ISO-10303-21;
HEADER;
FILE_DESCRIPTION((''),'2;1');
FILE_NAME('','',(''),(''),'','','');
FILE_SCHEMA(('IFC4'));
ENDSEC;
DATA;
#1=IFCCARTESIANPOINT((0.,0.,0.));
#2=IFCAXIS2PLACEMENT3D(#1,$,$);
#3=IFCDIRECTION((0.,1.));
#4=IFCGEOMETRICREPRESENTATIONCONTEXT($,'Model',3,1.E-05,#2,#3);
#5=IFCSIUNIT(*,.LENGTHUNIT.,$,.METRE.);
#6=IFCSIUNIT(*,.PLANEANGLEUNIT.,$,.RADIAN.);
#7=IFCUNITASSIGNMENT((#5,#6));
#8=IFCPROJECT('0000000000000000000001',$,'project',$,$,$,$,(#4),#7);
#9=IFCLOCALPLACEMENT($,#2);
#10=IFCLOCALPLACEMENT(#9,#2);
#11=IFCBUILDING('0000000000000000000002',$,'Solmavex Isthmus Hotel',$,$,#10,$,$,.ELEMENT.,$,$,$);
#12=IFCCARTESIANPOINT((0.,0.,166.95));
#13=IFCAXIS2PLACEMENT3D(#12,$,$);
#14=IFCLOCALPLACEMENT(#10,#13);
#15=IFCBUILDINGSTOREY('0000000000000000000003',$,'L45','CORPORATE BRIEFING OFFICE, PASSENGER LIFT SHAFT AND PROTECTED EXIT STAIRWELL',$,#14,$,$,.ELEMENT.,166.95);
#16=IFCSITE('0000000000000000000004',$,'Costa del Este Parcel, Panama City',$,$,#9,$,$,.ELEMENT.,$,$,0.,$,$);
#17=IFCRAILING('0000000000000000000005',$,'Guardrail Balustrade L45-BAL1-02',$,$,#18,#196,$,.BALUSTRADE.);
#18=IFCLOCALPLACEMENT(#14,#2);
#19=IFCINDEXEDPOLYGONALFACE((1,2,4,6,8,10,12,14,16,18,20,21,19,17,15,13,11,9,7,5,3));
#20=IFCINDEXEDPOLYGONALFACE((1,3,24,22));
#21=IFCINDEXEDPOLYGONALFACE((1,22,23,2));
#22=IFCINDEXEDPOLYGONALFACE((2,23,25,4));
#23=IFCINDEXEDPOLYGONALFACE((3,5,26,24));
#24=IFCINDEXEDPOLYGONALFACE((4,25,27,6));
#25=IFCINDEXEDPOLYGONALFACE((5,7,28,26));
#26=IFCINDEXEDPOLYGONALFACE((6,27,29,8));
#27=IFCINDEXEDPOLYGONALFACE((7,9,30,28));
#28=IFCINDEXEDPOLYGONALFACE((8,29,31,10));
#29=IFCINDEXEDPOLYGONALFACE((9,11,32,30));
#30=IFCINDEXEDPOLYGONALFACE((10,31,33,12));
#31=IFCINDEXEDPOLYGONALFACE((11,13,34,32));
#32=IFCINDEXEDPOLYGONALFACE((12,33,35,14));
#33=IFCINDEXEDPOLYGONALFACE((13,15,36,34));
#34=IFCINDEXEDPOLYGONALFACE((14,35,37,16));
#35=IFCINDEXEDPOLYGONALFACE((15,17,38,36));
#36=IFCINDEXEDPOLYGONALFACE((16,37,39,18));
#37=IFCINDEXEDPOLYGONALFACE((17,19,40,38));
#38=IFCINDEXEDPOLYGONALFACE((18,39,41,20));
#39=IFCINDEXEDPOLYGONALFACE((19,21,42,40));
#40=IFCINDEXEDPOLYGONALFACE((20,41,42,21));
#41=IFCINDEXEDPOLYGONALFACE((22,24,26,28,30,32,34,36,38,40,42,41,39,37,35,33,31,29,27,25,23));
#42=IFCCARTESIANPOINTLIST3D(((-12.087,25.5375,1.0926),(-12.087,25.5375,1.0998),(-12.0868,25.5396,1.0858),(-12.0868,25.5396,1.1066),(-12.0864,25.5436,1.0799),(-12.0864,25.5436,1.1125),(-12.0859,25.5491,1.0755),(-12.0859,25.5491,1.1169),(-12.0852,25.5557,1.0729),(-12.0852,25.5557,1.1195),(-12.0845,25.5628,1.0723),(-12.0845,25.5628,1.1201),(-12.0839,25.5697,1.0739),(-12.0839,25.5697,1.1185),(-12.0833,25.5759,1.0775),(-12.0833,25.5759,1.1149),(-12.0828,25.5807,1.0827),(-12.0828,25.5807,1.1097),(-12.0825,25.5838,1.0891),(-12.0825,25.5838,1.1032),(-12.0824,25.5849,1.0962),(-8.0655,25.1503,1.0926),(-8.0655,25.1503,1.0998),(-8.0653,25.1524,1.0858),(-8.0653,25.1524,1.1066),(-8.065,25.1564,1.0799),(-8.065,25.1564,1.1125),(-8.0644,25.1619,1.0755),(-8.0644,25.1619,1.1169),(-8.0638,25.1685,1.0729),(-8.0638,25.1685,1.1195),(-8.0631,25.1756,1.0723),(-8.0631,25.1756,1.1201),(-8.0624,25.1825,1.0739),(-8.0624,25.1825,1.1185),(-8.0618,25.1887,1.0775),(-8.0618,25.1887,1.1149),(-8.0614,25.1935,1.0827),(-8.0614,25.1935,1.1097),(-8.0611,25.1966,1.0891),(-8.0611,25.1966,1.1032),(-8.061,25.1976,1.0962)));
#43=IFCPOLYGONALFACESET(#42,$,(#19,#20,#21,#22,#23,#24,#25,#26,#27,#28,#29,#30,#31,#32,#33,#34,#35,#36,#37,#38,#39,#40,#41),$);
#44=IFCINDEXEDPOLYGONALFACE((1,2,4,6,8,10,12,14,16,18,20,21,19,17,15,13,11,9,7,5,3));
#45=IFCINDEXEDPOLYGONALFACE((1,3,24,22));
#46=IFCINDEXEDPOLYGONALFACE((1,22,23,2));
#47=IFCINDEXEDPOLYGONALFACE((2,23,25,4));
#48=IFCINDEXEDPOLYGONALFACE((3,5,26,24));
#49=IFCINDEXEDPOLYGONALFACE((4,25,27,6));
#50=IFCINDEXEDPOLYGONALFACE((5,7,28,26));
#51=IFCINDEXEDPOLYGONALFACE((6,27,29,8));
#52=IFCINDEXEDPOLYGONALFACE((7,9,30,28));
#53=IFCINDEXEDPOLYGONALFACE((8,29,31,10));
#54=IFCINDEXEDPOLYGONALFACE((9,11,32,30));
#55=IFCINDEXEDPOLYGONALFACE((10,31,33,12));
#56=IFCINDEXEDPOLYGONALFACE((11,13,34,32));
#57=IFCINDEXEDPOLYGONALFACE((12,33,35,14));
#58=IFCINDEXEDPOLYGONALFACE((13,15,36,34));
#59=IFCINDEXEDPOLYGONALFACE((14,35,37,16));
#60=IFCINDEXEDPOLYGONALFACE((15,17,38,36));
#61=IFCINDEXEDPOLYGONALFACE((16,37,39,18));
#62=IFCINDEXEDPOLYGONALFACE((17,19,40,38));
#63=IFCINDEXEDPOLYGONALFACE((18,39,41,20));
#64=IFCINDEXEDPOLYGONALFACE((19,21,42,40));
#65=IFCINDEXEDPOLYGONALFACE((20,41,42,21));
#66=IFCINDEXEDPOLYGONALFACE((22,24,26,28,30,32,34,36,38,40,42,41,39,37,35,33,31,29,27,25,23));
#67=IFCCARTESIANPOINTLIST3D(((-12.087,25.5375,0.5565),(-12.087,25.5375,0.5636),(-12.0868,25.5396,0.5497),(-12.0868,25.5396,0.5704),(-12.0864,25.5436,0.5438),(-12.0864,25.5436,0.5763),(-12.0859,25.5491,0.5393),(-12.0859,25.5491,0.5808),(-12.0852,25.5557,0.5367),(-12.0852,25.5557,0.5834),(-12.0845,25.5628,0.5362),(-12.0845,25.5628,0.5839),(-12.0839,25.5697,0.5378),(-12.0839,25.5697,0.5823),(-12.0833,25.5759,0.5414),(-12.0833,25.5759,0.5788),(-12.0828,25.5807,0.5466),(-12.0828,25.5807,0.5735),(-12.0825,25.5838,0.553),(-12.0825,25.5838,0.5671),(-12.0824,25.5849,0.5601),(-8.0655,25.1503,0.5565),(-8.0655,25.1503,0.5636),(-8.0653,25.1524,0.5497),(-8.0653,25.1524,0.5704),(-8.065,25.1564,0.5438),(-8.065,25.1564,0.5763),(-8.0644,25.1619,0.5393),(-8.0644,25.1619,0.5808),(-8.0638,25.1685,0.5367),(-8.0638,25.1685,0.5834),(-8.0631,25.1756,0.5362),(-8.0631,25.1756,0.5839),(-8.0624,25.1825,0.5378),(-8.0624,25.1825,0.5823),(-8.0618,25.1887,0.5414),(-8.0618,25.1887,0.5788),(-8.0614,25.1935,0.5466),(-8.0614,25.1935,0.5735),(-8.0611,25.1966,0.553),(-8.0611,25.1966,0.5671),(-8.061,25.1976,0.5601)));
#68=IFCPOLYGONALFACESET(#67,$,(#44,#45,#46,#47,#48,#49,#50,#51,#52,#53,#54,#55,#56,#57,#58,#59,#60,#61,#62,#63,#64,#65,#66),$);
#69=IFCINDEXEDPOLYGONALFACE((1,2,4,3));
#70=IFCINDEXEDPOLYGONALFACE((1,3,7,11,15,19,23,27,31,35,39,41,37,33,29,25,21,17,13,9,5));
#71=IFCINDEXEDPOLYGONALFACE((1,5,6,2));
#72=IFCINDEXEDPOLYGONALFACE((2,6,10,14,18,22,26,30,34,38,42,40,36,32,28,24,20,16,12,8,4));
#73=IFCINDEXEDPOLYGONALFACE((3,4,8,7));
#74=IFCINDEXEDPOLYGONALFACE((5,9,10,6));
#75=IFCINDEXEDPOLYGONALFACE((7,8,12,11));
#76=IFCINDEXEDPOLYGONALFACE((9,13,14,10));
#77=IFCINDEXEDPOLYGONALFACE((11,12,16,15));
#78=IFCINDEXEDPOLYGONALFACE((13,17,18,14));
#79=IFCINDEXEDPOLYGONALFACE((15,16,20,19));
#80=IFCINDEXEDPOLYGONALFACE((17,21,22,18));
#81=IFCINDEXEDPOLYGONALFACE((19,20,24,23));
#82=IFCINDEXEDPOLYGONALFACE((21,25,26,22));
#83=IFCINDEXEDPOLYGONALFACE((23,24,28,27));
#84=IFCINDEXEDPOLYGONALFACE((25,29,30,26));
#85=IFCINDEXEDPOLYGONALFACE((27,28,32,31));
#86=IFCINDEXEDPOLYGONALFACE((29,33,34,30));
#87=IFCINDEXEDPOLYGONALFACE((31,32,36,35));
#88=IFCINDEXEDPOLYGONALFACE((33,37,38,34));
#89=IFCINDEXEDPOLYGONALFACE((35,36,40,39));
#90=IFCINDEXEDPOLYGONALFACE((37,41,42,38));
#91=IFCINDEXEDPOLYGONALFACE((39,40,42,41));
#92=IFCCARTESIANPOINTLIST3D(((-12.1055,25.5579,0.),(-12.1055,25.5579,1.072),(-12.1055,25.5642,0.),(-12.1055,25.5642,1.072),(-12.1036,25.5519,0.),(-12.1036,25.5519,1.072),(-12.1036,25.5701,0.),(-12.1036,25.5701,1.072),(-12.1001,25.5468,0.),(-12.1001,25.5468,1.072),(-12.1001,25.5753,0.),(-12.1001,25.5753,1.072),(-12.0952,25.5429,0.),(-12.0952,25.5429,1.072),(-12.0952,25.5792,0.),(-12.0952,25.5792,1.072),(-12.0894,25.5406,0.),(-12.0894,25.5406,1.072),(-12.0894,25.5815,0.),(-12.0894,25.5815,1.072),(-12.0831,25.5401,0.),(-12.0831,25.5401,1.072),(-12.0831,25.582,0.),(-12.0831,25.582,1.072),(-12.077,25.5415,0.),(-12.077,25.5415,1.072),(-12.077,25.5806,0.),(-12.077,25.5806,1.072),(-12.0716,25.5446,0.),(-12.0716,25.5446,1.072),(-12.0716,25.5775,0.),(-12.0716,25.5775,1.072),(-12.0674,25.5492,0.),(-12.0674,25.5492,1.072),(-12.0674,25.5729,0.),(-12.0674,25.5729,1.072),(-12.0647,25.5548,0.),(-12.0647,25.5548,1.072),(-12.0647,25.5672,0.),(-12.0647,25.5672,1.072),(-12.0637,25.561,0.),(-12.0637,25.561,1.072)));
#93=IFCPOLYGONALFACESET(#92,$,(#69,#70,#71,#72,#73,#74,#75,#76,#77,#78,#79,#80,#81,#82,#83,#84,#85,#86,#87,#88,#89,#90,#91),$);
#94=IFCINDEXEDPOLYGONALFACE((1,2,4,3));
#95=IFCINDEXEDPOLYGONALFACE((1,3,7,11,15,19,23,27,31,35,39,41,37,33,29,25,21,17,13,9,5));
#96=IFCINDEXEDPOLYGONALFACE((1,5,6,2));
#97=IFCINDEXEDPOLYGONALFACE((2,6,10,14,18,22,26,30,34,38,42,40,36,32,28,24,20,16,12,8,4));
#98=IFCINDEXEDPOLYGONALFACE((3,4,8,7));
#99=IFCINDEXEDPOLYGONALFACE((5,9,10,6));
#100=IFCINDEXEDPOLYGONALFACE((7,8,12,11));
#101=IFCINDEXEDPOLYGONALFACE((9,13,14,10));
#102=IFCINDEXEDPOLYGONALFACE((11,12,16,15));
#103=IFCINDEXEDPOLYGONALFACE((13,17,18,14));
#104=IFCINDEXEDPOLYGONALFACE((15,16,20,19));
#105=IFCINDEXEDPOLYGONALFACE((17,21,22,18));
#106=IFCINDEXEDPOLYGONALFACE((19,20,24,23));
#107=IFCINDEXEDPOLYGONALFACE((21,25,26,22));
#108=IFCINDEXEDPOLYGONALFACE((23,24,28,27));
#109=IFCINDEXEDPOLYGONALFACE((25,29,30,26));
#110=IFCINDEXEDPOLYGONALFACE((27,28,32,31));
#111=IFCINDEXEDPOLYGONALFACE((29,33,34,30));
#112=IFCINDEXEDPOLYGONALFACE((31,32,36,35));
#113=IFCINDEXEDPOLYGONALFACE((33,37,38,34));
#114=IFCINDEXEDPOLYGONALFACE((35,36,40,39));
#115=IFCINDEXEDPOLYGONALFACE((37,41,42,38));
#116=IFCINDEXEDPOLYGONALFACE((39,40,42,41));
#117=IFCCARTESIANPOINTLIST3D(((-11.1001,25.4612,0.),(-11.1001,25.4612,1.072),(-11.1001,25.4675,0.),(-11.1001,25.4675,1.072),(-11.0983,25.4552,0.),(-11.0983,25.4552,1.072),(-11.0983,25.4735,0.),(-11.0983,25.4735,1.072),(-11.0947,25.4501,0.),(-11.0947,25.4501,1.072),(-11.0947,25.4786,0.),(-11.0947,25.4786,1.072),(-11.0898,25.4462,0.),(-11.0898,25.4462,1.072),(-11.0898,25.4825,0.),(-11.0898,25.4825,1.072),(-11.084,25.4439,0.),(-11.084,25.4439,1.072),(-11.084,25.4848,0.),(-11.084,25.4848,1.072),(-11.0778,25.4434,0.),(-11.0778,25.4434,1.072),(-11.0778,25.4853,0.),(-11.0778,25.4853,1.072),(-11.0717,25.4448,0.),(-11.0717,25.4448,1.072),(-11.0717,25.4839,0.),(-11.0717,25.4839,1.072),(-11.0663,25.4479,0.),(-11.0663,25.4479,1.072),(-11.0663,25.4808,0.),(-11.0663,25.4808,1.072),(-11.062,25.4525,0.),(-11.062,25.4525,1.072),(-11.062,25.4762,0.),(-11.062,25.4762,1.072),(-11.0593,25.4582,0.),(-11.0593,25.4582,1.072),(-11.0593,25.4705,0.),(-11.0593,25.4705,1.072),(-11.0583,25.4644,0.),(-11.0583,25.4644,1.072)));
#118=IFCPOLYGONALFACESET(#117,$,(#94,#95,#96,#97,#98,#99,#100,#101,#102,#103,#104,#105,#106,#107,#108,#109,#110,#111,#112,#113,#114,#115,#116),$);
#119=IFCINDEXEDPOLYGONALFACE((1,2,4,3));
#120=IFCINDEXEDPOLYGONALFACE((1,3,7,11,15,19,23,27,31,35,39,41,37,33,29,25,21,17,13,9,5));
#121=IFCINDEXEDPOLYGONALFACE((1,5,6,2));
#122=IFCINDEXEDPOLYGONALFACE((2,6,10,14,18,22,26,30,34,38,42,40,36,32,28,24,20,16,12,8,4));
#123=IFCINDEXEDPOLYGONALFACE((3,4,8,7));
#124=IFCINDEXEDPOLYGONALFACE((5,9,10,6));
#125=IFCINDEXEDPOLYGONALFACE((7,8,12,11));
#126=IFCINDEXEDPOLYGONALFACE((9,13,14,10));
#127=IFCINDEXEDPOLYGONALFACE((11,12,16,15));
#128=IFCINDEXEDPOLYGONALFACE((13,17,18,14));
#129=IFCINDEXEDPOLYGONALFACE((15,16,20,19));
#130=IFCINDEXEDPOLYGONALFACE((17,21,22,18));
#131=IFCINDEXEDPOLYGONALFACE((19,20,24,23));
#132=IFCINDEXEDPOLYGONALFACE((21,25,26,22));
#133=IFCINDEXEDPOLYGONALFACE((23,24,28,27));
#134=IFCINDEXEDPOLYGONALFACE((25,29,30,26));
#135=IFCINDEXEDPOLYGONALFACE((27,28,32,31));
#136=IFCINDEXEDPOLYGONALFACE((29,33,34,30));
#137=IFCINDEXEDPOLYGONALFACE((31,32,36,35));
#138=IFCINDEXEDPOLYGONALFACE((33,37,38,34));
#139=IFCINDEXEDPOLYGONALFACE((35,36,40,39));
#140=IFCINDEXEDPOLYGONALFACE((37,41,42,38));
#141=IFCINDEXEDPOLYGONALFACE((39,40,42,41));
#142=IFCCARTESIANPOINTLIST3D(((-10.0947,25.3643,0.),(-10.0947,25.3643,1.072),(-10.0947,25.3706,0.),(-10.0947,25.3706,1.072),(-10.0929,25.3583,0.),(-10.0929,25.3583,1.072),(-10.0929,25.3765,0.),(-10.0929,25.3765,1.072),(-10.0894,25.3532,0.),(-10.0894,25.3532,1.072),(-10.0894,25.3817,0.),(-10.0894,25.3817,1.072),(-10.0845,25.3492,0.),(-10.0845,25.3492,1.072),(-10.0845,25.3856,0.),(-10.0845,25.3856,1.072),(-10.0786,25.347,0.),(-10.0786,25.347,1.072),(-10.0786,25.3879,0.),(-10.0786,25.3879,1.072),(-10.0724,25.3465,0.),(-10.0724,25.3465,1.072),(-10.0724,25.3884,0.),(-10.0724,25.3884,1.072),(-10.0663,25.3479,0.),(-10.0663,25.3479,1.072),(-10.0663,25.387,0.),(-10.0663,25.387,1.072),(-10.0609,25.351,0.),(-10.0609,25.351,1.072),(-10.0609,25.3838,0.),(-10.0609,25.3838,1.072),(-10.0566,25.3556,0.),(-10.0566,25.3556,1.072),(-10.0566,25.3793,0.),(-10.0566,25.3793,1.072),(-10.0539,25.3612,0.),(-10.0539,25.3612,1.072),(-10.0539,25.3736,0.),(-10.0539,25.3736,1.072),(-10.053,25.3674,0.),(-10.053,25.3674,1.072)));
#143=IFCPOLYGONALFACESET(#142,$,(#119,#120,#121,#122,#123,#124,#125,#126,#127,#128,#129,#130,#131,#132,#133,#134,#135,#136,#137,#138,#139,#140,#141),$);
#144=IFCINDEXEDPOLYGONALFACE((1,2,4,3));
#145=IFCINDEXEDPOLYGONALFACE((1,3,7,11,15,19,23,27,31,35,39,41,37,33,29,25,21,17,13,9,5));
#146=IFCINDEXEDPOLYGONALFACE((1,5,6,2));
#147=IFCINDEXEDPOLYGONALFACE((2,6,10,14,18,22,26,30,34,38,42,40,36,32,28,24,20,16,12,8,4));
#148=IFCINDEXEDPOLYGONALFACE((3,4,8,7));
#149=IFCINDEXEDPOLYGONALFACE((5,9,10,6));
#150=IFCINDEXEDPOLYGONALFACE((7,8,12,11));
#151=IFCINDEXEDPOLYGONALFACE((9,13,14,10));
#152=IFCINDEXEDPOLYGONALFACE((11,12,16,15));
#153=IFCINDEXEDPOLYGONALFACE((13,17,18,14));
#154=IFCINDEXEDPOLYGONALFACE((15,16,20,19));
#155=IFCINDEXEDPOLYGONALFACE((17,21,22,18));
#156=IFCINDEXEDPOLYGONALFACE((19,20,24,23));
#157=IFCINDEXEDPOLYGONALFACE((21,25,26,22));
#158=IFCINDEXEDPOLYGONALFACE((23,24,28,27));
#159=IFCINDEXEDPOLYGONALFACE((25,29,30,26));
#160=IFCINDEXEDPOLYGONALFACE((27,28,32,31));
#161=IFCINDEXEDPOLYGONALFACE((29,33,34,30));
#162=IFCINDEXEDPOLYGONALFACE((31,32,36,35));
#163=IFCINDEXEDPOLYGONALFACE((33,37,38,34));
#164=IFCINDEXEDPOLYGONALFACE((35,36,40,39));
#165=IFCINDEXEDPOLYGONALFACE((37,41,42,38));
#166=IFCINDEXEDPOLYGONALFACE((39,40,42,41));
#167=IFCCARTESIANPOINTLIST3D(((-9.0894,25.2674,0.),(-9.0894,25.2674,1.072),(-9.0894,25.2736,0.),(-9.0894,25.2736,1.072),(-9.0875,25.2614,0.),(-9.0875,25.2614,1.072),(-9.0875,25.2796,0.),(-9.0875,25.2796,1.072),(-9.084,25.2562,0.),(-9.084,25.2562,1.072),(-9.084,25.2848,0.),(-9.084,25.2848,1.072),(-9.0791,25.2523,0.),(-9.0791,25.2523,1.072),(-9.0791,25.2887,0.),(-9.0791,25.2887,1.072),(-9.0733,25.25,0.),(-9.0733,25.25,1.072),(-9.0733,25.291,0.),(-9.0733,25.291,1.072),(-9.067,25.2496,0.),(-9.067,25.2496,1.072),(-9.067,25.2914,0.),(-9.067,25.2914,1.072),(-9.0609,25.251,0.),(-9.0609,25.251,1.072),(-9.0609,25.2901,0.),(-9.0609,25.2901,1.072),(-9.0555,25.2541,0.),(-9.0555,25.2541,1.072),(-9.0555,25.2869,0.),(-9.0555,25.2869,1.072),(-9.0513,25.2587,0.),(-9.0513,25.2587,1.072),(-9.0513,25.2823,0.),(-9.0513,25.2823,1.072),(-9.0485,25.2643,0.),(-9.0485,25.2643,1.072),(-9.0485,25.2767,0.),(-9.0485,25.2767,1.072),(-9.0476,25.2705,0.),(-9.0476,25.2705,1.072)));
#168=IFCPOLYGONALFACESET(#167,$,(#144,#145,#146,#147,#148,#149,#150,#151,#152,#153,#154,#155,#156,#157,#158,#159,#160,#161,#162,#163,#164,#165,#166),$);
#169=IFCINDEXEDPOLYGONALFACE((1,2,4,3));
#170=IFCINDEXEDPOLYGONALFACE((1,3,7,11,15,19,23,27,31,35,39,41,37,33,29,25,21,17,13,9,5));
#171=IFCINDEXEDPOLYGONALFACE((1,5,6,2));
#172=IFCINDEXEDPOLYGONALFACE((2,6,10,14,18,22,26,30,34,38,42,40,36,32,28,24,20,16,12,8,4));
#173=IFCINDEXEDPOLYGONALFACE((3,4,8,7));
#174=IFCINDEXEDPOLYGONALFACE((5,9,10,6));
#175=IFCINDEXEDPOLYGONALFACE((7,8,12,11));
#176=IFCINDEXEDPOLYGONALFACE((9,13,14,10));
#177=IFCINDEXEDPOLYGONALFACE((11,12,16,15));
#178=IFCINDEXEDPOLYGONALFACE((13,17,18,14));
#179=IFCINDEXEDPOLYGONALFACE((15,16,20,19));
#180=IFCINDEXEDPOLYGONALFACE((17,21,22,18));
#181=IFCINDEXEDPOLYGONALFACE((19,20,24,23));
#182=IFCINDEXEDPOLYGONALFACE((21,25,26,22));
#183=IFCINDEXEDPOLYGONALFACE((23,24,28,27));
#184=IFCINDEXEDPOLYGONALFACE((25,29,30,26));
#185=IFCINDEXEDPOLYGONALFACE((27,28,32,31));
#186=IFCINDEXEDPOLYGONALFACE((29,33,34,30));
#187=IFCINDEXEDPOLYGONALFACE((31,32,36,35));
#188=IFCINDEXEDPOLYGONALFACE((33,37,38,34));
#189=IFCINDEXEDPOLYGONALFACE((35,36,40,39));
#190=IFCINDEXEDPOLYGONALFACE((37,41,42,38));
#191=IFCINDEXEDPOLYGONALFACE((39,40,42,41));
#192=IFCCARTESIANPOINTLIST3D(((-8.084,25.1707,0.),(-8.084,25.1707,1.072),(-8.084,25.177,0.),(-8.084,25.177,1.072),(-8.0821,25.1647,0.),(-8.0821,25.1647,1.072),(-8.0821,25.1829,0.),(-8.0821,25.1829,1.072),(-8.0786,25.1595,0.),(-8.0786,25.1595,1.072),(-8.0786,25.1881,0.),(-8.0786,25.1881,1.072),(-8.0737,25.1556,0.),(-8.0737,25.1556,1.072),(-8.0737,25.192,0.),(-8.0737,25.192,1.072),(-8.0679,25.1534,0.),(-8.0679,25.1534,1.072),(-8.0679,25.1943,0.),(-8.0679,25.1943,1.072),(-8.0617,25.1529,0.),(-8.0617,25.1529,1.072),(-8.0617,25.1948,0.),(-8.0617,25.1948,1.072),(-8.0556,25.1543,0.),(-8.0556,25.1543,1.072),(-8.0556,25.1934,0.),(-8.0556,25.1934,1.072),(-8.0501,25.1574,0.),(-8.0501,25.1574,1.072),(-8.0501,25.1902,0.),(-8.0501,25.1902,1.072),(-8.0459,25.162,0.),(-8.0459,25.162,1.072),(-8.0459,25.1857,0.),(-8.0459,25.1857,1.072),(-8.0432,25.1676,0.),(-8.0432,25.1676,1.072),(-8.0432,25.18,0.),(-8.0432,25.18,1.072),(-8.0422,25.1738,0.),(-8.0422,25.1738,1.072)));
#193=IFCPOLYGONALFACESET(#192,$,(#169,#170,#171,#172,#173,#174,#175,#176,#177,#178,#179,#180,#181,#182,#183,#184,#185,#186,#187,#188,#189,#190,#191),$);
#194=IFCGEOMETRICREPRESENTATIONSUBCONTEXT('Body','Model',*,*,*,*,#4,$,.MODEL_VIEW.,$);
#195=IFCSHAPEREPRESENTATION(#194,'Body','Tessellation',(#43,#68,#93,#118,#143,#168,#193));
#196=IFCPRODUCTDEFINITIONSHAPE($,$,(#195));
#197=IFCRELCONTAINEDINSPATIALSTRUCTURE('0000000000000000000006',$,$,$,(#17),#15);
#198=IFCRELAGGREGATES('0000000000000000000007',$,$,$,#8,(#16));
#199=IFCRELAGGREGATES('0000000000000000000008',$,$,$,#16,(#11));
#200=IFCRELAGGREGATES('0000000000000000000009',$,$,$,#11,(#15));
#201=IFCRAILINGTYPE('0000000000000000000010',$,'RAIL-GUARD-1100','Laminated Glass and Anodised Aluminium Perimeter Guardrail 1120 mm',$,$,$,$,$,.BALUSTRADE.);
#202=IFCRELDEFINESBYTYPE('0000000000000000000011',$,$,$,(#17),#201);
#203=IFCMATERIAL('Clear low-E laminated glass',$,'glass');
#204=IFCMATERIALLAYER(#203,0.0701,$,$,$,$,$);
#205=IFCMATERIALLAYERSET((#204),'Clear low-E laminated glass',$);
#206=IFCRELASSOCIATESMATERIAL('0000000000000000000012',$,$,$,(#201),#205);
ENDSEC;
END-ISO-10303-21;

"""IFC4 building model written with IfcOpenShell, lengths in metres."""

from ifc_helpers import new_model, si_unit, direction, frame, origin, origin_2d, place, context, subcontext, project, spatial, circle, extrude, material, layer, layer_set, type_object, element, save


model = new_model("IFC4")

# Units and contexts
model_context = context("Model", 3, precision=1e-05, world=origin(), true_north=direction((0.0, 1.0)))
body_context = subcontext(model_context, "Body", "Model", "MODEL_VIEW")
ifc_project = project(units=[si_unit("LENGTHUNIT", "METRE"), si_unit("PLANEANGLEUNIT", "RADIAN")], contexts=[model_context])

# Site, building, storey
site_placement = place(None, origin())
site = spatial("IfcSite", under=ifc_project, at=site_placement, Name="Costa del Este Parcel, Panama City", CompositionType="ELEMENT", RefElevation=0.0)
building_placement = place(site_placement, origin())
building = spatial("IfcBuilding", under=site, at=building_placement, Name="Solmavex Isthmus Hotel", CompositionType="ELEMENT")
storey_placement = place(building_placement, frame((0.0, 0.0, 166.95)))
storey = spatial("IfcBuildingStorey", under=building, at=storey_placement, Name="L45", Description="CORPORATE BRIEFING OFFICE, PASSENGER LIFT SHAFT AND PROTECTED EXIT STAIRWELL", CompositionType="ELEMENT", Elevation=166.95)

# Shared definitions
ifc_material_1 = material(Name="Clear low-E laminated glass", Category="glass")

# Railing
ifc_layer_1 = layer(ifc_material_1, 0.0701)
ifc_layer_set_1 = layer_set([ifc_layer_1], Name="Clear low-E laminated glass")
railing_type = type_object("IfcRailingType", Name="RAIL-GUARD-1100", Description="Laminated Glass and Anodised Aluminium Perimeter Guardrail 1120 mm", PredefinedType="BALUSTRADE", material=ifc_layer_set_1)
railing_1_placement = place(storey_placement, frame((-12.0847, 25.561, 0.0)))
element("IfcRailing", 1, at=railing_1_placement, inside=storey, type_object=railing_type, Name="Guardrail Balustrade L45-BAL1-02", PredefinedType="BALUSTRADE", context=body_context, shape_type="SweptSolid", body=[
    extrude(circle(Radius=0.0239, at=origin_2d()), frame((0.0, 0.0, 1.0962), z_axis=(0.995397, -0.095841, 0.0), x_axis=(0.095841, 0.995397, 0.0)), (0.0, 0.0, 1.0), 4.04),
    extrude(circle(Radius=0.0239, at=origin_2d()), frame((0.0, 0.0, 0.5601), z_axis=(0.995397, -0.095841, 0.0), x_axis=(0.095841, 0.995397, 0.0)), (0.0, 0.0, 1.0), 4.04),
    extrude(circle(Radius=0.021, at=origin_2d()), origin(), (0.0, 0.0, 1.0), 1.072),
    extrude(circle(Radius=0.021, at=origin_2d()), frame((1.0054, -0.0967, 0.0)), (0.0, 0.0, 1.0), 1.072),
    extrude(circle(Radius=0.021, at=origin_2d()), frame((2.0107, -0.1936, 0.0)), (0.0, 0.0, 1.0), 1.072),
    extrude(circle(Radius=0.021, at=origin_2d()), frame((3.0161, -0.2905, 0.0)), (0.0, 0.0, 1.0), 1.072),
    extrude(circle(Radius=0.021, at=origin_2d()), frame((4.0215, -0.3872, 0.0)), (0.0, 0.0, 1.0), 1.072),
])

save(model, "model.ifc")
